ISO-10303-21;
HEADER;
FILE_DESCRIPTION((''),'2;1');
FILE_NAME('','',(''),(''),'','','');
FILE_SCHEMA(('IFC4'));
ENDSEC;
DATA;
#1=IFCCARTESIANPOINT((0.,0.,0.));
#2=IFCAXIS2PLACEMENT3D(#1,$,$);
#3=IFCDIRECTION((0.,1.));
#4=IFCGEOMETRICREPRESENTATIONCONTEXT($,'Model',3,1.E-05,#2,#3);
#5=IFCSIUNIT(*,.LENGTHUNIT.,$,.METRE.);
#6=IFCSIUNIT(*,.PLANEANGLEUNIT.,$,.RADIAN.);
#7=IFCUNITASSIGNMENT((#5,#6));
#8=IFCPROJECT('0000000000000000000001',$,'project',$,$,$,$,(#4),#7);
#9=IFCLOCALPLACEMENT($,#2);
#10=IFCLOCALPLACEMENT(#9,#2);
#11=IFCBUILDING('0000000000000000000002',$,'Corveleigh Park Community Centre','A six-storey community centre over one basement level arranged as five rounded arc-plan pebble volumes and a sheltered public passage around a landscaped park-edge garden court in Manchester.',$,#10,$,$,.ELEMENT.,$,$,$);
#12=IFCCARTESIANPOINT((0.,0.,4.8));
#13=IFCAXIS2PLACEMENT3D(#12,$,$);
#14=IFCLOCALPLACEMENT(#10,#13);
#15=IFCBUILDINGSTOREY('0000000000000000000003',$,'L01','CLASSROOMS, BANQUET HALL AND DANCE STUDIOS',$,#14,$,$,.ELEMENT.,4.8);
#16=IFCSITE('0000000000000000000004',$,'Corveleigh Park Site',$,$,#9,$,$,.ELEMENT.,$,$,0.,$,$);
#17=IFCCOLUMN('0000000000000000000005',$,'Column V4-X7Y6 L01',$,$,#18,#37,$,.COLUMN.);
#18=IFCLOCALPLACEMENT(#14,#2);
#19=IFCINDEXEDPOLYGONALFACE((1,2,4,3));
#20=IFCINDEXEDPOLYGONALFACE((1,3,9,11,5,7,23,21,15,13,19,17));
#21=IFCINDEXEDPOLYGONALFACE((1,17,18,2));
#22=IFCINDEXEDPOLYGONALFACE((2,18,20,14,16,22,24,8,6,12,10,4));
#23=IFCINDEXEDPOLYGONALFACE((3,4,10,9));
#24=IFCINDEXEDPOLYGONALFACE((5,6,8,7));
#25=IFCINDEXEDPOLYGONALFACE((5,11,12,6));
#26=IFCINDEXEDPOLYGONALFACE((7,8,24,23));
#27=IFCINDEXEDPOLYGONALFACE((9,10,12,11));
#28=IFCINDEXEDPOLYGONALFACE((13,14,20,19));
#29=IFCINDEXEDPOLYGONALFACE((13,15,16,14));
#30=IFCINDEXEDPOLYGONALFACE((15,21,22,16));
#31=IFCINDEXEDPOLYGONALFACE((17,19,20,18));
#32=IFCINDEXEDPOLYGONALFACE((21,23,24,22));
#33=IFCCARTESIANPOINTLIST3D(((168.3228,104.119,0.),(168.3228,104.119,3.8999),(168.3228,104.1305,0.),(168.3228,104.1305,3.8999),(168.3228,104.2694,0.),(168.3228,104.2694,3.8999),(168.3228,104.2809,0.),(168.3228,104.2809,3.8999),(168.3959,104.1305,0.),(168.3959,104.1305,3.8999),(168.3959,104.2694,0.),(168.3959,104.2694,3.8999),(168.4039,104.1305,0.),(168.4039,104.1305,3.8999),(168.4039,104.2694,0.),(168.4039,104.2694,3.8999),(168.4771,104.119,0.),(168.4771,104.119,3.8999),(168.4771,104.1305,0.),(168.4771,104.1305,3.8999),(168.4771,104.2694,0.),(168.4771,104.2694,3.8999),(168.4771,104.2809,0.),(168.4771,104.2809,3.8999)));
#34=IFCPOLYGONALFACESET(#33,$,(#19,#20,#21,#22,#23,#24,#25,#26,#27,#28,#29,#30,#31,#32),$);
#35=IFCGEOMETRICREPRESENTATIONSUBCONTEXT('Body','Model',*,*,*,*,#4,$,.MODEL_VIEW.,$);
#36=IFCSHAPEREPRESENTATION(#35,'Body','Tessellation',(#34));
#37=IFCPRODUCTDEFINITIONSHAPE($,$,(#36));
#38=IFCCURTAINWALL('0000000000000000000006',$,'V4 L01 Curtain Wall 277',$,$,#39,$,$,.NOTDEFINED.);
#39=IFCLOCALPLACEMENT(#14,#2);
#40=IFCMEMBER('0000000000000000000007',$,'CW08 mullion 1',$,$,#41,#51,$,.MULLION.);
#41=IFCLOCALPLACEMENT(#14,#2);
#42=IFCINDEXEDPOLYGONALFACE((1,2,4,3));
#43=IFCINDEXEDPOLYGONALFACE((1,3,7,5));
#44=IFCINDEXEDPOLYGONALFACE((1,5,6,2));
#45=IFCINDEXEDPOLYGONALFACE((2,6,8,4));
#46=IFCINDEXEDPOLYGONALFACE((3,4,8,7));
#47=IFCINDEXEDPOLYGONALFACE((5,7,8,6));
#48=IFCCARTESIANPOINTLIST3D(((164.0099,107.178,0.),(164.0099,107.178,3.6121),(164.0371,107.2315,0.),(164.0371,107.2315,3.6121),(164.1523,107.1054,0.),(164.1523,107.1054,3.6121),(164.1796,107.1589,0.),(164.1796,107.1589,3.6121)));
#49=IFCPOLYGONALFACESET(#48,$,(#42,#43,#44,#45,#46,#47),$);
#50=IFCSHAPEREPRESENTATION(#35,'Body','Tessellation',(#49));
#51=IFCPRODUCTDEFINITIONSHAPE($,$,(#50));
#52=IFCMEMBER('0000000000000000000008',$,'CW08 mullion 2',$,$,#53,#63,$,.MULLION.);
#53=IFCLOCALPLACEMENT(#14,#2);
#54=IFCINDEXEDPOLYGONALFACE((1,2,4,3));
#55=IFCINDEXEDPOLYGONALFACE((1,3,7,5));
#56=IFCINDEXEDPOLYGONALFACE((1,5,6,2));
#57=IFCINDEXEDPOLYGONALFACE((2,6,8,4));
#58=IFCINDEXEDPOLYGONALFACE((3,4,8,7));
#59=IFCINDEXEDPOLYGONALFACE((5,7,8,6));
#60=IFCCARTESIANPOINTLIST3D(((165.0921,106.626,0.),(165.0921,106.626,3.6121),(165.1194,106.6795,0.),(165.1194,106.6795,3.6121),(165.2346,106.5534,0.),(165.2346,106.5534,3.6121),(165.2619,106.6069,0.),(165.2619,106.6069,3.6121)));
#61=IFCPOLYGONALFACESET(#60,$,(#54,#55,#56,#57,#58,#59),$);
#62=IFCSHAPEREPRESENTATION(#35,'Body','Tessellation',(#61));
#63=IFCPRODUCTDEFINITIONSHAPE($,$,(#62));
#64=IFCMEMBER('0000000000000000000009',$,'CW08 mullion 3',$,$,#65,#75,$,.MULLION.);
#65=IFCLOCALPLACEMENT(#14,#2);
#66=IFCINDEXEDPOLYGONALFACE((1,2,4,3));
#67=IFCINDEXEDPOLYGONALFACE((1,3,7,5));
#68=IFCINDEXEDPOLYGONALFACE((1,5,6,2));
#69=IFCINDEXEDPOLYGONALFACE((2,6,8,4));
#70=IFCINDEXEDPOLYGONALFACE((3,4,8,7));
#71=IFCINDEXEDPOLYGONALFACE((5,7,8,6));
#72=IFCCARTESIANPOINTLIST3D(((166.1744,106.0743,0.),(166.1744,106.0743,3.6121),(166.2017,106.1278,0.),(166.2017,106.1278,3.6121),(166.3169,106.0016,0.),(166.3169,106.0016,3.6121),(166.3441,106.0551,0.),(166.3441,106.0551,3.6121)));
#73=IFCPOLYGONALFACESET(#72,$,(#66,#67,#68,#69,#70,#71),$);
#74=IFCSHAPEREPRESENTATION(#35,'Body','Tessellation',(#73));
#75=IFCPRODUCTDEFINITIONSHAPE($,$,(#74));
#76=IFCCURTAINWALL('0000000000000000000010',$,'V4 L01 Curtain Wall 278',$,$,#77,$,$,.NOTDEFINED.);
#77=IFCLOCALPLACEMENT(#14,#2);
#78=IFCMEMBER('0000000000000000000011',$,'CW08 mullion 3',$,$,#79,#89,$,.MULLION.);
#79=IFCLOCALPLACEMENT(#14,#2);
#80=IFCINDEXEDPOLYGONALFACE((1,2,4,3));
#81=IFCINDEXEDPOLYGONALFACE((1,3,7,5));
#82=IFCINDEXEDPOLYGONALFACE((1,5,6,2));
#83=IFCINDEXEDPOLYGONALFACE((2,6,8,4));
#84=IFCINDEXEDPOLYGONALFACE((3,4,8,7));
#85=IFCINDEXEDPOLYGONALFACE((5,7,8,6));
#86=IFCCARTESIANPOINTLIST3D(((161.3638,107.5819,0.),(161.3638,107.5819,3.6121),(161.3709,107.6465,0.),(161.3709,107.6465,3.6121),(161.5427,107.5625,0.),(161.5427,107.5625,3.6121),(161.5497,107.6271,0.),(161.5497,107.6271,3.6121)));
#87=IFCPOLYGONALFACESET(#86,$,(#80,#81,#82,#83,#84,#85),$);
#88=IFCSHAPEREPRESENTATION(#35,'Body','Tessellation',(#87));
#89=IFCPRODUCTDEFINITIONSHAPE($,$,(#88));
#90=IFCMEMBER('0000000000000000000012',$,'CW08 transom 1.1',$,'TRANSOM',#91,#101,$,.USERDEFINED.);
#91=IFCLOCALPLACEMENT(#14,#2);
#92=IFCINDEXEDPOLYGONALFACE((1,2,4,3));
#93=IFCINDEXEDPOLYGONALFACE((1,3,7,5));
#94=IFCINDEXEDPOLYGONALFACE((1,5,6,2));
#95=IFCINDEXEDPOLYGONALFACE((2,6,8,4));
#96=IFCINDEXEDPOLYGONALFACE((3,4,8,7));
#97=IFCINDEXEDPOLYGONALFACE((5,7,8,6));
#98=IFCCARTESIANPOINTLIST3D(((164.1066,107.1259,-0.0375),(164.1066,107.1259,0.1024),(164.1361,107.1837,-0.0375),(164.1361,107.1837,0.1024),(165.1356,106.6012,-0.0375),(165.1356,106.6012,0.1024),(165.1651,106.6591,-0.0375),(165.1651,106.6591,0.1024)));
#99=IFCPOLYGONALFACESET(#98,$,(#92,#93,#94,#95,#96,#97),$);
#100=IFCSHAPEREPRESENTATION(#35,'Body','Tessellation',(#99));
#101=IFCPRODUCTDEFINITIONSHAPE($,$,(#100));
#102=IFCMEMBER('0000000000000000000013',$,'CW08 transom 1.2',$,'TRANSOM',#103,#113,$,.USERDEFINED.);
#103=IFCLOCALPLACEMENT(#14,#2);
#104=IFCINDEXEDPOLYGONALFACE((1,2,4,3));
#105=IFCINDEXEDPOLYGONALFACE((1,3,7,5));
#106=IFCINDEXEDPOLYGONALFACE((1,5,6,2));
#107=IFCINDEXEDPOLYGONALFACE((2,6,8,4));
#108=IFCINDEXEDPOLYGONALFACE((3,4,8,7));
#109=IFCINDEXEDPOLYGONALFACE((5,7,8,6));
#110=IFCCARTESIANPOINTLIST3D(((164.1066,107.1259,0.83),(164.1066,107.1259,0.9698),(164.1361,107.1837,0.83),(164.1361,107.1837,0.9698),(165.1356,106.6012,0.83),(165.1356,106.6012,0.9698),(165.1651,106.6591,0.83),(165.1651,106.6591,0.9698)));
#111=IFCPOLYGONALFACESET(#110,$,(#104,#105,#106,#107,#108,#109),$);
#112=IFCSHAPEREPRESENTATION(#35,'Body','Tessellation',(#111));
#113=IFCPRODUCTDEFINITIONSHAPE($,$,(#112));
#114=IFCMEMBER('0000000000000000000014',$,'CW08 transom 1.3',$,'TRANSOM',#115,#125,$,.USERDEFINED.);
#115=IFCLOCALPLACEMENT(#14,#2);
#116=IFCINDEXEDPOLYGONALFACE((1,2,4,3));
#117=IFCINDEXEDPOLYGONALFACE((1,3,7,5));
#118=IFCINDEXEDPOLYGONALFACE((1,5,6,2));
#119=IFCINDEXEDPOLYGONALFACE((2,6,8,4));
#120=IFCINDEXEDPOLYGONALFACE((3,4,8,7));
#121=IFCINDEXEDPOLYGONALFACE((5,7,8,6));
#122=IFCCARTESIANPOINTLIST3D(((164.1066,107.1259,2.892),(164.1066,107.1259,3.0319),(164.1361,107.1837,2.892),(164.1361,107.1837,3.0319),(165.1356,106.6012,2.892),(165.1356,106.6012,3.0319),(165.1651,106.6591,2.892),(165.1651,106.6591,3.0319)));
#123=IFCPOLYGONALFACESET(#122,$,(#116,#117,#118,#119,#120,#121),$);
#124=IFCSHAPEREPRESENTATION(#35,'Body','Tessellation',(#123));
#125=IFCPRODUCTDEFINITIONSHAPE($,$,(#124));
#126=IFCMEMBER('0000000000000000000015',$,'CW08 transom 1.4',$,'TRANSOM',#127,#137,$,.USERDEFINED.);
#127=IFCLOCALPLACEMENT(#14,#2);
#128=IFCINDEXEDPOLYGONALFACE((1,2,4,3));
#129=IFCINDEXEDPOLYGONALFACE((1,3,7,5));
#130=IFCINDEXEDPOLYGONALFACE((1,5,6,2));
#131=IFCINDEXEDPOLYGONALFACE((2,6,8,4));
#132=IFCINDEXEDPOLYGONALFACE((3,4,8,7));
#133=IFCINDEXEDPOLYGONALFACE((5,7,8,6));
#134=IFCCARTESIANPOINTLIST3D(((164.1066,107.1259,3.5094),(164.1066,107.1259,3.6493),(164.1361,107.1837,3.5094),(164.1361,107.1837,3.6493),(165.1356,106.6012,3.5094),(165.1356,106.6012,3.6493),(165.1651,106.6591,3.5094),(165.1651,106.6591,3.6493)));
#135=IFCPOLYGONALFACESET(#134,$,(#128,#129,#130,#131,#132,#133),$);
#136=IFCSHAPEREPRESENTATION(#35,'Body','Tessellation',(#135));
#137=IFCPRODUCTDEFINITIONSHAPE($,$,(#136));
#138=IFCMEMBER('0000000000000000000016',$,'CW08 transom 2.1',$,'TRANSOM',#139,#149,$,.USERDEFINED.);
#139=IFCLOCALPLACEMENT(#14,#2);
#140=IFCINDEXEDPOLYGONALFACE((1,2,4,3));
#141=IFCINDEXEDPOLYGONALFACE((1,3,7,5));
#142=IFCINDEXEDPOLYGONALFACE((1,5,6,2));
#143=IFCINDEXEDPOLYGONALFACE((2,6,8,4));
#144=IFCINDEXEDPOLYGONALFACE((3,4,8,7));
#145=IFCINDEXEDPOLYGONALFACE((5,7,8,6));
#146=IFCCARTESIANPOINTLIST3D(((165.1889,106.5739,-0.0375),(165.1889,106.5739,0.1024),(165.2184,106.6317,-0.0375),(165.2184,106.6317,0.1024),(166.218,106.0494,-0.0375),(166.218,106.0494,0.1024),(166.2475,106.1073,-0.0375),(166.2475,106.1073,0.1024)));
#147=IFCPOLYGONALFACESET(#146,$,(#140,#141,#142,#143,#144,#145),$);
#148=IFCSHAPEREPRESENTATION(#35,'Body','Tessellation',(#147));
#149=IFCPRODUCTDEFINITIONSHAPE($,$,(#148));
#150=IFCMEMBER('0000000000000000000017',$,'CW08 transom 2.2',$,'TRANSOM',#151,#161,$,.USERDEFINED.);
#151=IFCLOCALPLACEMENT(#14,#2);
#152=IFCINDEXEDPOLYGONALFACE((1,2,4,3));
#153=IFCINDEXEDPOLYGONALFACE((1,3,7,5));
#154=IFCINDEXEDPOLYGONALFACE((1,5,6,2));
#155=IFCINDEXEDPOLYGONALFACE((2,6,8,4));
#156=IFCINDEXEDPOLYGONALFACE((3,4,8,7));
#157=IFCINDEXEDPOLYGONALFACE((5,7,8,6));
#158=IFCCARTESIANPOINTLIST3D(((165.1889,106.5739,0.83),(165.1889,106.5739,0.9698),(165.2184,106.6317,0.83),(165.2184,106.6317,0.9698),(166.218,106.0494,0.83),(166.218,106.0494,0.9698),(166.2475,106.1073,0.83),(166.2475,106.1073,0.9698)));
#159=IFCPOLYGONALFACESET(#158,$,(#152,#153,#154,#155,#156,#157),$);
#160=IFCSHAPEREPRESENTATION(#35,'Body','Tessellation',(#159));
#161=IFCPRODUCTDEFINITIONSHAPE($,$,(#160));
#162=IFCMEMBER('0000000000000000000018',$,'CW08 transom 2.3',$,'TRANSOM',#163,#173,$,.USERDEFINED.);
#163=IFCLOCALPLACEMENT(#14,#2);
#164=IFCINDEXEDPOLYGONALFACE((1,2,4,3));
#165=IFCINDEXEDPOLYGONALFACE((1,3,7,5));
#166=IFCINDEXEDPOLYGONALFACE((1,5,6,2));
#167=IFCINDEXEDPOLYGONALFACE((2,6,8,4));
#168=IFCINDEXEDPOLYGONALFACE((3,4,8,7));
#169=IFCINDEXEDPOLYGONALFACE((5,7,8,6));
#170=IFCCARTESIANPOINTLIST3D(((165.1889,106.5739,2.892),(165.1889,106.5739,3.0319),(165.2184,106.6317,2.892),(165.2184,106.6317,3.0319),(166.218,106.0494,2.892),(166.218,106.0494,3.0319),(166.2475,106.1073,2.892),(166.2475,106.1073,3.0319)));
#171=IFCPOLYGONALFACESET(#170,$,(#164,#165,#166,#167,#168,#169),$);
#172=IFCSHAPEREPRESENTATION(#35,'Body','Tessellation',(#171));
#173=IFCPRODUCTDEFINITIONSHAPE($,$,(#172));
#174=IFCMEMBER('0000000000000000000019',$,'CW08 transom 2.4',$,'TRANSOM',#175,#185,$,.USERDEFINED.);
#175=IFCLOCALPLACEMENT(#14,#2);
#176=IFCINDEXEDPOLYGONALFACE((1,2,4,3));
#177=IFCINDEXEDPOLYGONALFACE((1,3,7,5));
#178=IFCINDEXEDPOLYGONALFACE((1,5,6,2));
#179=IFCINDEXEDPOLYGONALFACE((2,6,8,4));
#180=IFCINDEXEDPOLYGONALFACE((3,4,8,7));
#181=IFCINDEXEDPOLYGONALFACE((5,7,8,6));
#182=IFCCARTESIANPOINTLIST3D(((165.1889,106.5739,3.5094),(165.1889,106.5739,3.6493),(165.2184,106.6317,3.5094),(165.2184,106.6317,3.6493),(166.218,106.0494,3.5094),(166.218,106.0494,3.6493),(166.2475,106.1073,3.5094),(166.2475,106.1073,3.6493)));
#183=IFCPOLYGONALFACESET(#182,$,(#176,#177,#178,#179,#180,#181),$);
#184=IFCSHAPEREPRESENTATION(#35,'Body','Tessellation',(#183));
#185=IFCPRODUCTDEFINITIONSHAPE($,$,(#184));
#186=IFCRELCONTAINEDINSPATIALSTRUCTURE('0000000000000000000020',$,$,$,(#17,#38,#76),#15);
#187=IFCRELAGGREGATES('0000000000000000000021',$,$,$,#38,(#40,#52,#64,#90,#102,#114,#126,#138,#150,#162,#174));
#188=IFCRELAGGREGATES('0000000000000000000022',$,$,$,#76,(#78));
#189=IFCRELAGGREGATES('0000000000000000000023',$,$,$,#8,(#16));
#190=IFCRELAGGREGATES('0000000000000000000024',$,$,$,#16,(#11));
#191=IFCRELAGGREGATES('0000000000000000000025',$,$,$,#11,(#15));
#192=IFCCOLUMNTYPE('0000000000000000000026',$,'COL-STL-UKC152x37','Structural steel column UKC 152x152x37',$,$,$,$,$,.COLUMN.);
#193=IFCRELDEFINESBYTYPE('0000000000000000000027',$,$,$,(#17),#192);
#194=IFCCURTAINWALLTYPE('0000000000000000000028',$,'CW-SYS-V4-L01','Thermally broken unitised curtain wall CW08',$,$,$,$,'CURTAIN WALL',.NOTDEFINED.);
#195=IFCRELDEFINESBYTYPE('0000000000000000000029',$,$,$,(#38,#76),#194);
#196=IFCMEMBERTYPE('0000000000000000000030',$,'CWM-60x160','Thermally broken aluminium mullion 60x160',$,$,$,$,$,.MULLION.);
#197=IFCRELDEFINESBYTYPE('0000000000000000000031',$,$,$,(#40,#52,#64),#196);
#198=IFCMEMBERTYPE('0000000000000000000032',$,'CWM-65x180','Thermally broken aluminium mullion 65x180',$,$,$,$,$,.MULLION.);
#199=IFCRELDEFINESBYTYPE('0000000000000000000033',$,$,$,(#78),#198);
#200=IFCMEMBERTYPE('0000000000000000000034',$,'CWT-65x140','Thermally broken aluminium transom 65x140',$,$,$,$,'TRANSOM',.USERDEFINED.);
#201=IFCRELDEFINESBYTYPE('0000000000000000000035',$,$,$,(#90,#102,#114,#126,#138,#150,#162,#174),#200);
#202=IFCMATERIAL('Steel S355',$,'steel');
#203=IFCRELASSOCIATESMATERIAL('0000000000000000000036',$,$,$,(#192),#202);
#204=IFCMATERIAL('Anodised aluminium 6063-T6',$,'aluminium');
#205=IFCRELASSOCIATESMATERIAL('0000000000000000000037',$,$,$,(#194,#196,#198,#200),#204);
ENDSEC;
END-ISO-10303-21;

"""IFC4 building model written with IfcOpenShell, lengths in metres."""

from ifc_helpers import new_model, si_unit, direction, frame, origin, origin_2d, place, context, subcontext, project, spatial, rectangle, i_section, extrude, material, material_profile, profile_set, type_object, element, aggregate, save


model = new_model("IFC4")

# Units and contexts
model_context = context("Model", 3, precision=1e-05, world=origin(), true_north=direction((0.0, 1.0)))
body_context = subcontext(model_context, "Body", "Model", "MODEL_VIEW")
ifc_project = project(units=[si_unit("LENGTHUNIT", "METRE"), si_unit("PLANEANGLEUNIT", "RADIAN")], contexts=[model_context])

# Site, building, storey
site_placement = place(None, origin())
site = spatial("IfcSite", under=ifc_project, at=site_placement, Name="Corveleigh Park Site", CompositionType="ELEMENT", RefElevation=0.0)
building_placement = place(site_placement, origin())
building = spatial("IfcBuilding", under=site, at=building_placement, Name="Corveleigh Park Community Centre", Description="A six-storey community centre over one basement level arranged as five rounded arc-plan pebble volumes and a sheltered public passage around a landscaped park-edge garden court in Manchester.", CompositionType="ELEMENT")
storey_placement = place(building_placement, frame((0.0, 0.0, 4.8)))
storey = spatial("IfcBuildingStorey", under=building, at=storey_placement, Name="L01", Description="CLASSROOMS, BANQUET HALL AND DANCE STUDIOS", CompositionType="ELEMENT", Elevation=4.8)

# Column
ifc_material_1 = material(Name="Steel S355", Category="steel")
ifc_material_profile_1 = material_profile(ifc_material_1, i_section(OverallWidth=0.1543, OverallDepth=0.1619, WebThickness=0.0081, FlangeThickness=0.0115, at=origin_2d()), Name="UKC 152x152x37", Category="steel")
ifc_profile_set_1 = profile_set([ifc_material_profile_1], Name="Steel S355")
column_type = type_object("IfcColumnType", Name="COL-STL-UKC152x37", Description="Structural steel column UKC 152x152x37", PredefinedType="COLUMN", material=ifc_profile_set_1)
column_placement = place(storey_placement, frame((168.3999, 104.2, 0.0), z_axis=(0.0, 0.0, 1.0), x_axis=(1.0, 0.0, 0.0)))
element("IfcColumn", 1, at=column_placement, inside=storey, type_object=column_type, Name="Column V4-X7Y6 L01", PredefinedType="COLUMN", context=body_context, shape_type="SweptSolid", body=[
    extrude(i_section(OverallWidth=0.1543, OverallDepth=0.1619, WebThickness=0.0081, FlangeThickness=0.0115, at=origin_2d()), origin(), (0.0, 0.0, 1.0), 3.8999),
])

# Curtain wall, members
ifc_material_2 = material(Name="Anodised aluminium 6063-T6", Category="aluminium")
curtain_wall_type = type_object("IfcCurtainWallType", Name="CW-SYS-V4-L01", Description="Thermally broken unitised curtain wall CW08", ElementType="CURTAIN WALL", PredefinedType="NOTDEFINED", material=ifc_material_2)
curtain_wall_1_placement = place(storey_placement, origin())
curtain_wall_1 = element("IfcCurtainWall", 2, at=curtain_wall_1_placement, inside=storey, type_object=curtain_wall_type, Name="V4 L01 Curtain Wall 277", PredefinedType="NOTDEFINED")
ifc_material_profile_2 = material_profile(ifc_material_2, rectangle(XDim=0.0601, YDim=0.1599, at=origin_2d()), Name="ALU-M60x160", Category="aluminium")
ifc_profile_set_2 = profile_set([ifc_material_profile_2], Name="Anodised aluminium 6063-T6")
member_type_1 = type_object("IfcMemberType", Name="CWM-60x160", Description="Thermally broken aluminium mullion 60x160", PredefinedType="MULLION", material=ifc_profile_set_2)
member_1_placement = place(storey_placement, frame((164.0947, 107.1685, 0.0), z_axis=(0.0, 0.0, 1.0), x_axis=(0.454269, 0.890865, 0.0)))
member_1 = element("IfcMember", 3, at=member_1_placement, type_object=member_type_1, Name="CW08 mullion 1", PredefinedType="MULLION", context=body_context, shape_type="SweptSolid", body=[
    extrude(rectangle(XDim=0.0601, YDim=0.1599, at=origin_2d()), origin(), (0.0, 0.0, 1.0), 3.6121),
])
member_2_placement = place(storey_placement, frame((165.177, 106.6165, 0.0), z_axis=(0.0, 0.0, 1.0), x_axis=(0.454269, 0.890865, 0.0)))
member_2 = element("IfcMember", 4, at=member_2_placement, type_object=member_type_1, Name="CW08 mullion 2", PredefinedType="MULLION", context=body_context, shape_type="SweptSolid", body=[
    extrude(rectangle(XDim=0.0601, YDim=0.1599, at=origin_2d()), origin(), (0.0, 0.0, 1.0), 3.6121),
])
member_3_placement = place(storey_placement, frame((166.2593, 106.0647, 0.0), z_axis=(0.0, 0.0, 1.0), x_axis=(0.454269, 0.890865, 0.0)))
member_3 = element("IfcMember", 5, at=member_3_placement, type_object=member_type_1, Name="CW08 mullion 3", PredefinedType="MULLION", context=body_context, shape_type="SweptSolid", body=[
    extrude(rectangle(XDim=0.0601, YDim=0.1599, at=origin_2d()), origin(), (0.0, 0.0, 1.0), 3.6121),
])

# Curtain wall, member
curtain_wall_2_placement = place(storey_placement, origin())
curtain_wall_2 = element("IfcCurtainWall", 6, at=curtain_wall_2_placement, inside=storey, type_object=curtain_wall_type, Name="V4 L01 Curtain Wall 278", PredefinedType="NOTDEFINED")
ifc_material_profile_3 = material_profile(ifc_material_2, rectangle(XDim=0.0649, YDim=0.1799, at=origin_2d()), Name="ALU-M65x180", Category="aluminium")
ifc_profile_set_3 = profile_set([ifc_material_profile_3], Name="Anodised aluminium 6063-T6")
member_type_2 = type_object("IfcMemberType", Name="CWM-65x180", Description="Thermally broken aluminium mullion 65x180", PredefinedType="MULLION", material=ifc_profile_set_3)
member_4_placement = place(storey_placement, frame((161.4568, 107.6045, 0.0), z_axis=(0.0, 0.0, 1.0), x_axis=(0.108005, 0.99415, 0.0)))
member_4 = element("IfcMember", 7, at=member_4_placement, type_object=member_type_2, Name="CW08 mullion 3", PredefinedType="MULLION", context=body_context, shape_type="SweptSolid", body=[
    extrude(rectangle(XDim=0.0649, YDim=0.1799, at=origin_2d()), origin(), (0.0, 0.0, 1.0), 3.6121),
])

# Members
ifc_material_profile_4 = material_profile(ifc_material_2, rectangle(XDim=0.0649, YDim=0.1399, at=origin_2d()), Name="ALU-T65x140", Category="aluminium")
ifc_profile_set_4 = profile_set([ifc_material_profile_4], Name="Anodised aluminium 6063-T6")
member_type_3 = type_object("IfcMemberType", Name="CWT-65x140", Description="Thermally broken aluminium transom 65x140", ElementType="TRANSOM", PredefinedType="USERDEFINED", material=ifc_profile_set_4)
member_5_placement = place(storey_placement, frame((164.1213, 107.1548, 0.0325), z_axis=(0.890891, -0.454217, 0.0), x_axis=(0.454217, 0.890891, 0.0)))
member_5 = element("IfcMember", 8, at=member_5_placement, type_object=member_type_3, Name="CW08 transom 1.1", ObjectType="TRANSOM", PredefinedType="USERDEFINED", context=body_context, shape_type="SweptSolid", body=[
    extrude(rectangle(XDim=0.0649, YDim=0.1399, at=origin_2d()), origin(), (0.0, 0.0, 1.0), 1.155),
])
member_6_placement = place(storey_placement, frame((164.1213, 107.1548, 0.8999), z_axis=(0.890891, -0.454217, 0.0), x_axis=(0.454217, 0.890891, 0.0)))
member_6 = element("IfcMember", 9, at=member_6_placement, type_object=member_type_3, Name="CW08 transom 1.2", ObjectType="TRANSOM", PredefinedType="USERDEFINED", context=body_context, shape_type="SweptSolid", body=[
    extrude(rectangle(XDim=0.0649, YDim=0.1399, at=origin_2d()), origin(), (0.0, 0.0, 1.0), 1.155),
])
member_7_placement = place(storey_placement, frame((164.1213, 107.1548, 2.9619), z_axis=(0.890891, -0.454217, 0.0), x_axis=(0.454217, 0.890891, 0.0)))
member_7 = element("IfcMember", 10, at=member_7_placement, type_object=member_type_3, Name="CW08 transom 1.3", ObjectType="TRANSOM", PredefinedType="USERDEFINED", context=body_context, shape_type="SweptSolid", body=[
    extrude(rectangle(XDim=0.0649, YDim=0.1399, at=origin_2d()), origin(), (0.0, 0.0, 1.0), 1.155),
])
member_8_placement = place(storey_placement, frame((164.1213, 107.1548, 3.5793), z_axis=(0.890891, -0.454217, 0.0), x_axis=(0.454217, 0.890891, 0.0)))
member_8 = element("IfcMember", 11, at=member_8_placement, type_object=member_type_3, Name="CW08 transom 1.4", ObjectType="TRANSOM", PredefinedType="USERDEFINED", context=body_context, shape_type="SweptSolid", body=[
    extrude(rectangle(XDim=0.0649, YDim=0.1399, at=origin_2d()), origin(), (0.0, 0.0, 1.0), 1.155),
])
member_9_placement = place(storey_placement, frame((165.2036, 106.6028, 0.0325), z_axis=(0.890977, -0.454049, 0.0), x_axis=(0.454049, 0.890977, 0.0)))
member_9 = element("IfcMember", 12, at=member_9_placement, type_object=member_type_3, Name="CW08 transom 2.1", ObjectType="TRANSOM", PredefinedType="USERDEFINED", context=body_context, shape_type="SweptSolid", body=[
    extrude(rectangle(XDim=0.0649, YDim=0.1399, at=origin_2d()), origin(), (0.0, 0.0, 1.0), 1.155),
])
member_10_placement = place(storey_placement, frame((165.2036, 106.6028, 0.8999), z_axis=(0.890977, -0.454049, 0.0), x_axis=(0.454049, 0.890977, 0.0)))
member_10 = element("IfcMember", 13, at=member_10_placement, type_object=member_type_3, Name="CW08 transom 2.2", ObjectType="TRANSOM", PredefinedType="USERDEFINED", context=body_context, shape_type="SweptSolid", body=[
    extrude(rectangle(XDim=0.0649, YDim=0.1399, at=origin_2d()), origin(), (0.0, 0.0, 1.0), 1.155),
])
member_11_placement = place(storey_placement, frame((165.2036, 106.6028, 2.9619), z_axis=(0.890977, -0.454049, 0.0), x_axis=(0.454049, 0.890977, 0.0)))
member_11 = element("IfcMember", 14, at=member_11_placement, type_object=member_type_3, Name="CW08 transom 2.3", ObjectType="TRANSOM", PredefinedType="USERDEFINED", context=body_context, shape_type="SweptSolid", body=[
    extrude(rectangle(XDim=0.0649, YDim=0.1399, at=origin_2d()), origin(), (0.0, 0.0, 1.0), 1.155),
])
member_12_placement = place(storey_placement, frame((165.2036, 106.6028, 3.5793), z_axis=(0.890977, -0.454049, 0.0), x_axis=(0.454049, 0.890977, 0.0)))
member_12 = element("IfcMember", 15, at=member_12_placement, type_object=member_type_3, Name="CW08 transom 2.4", ObjectType="TRANSOM", PredefinedType="USERDEFINED", context=body_context, shape_type="SweptSolid", body=[
    extrude(rectangle(XDim=0.0649, YDim=0.1399, at=origin_2d()), origin(), (0.0, 0.0, 1.0), 1.155),
])

aggregate(curtain_wall_1, [member_1, member_2, member_3, member_5, member_6, member_7, member_8, member_9, member_10, member_11, member_12])
aggregate(curtain_wall_2, [member_4])

save(model, "model.ifc")
